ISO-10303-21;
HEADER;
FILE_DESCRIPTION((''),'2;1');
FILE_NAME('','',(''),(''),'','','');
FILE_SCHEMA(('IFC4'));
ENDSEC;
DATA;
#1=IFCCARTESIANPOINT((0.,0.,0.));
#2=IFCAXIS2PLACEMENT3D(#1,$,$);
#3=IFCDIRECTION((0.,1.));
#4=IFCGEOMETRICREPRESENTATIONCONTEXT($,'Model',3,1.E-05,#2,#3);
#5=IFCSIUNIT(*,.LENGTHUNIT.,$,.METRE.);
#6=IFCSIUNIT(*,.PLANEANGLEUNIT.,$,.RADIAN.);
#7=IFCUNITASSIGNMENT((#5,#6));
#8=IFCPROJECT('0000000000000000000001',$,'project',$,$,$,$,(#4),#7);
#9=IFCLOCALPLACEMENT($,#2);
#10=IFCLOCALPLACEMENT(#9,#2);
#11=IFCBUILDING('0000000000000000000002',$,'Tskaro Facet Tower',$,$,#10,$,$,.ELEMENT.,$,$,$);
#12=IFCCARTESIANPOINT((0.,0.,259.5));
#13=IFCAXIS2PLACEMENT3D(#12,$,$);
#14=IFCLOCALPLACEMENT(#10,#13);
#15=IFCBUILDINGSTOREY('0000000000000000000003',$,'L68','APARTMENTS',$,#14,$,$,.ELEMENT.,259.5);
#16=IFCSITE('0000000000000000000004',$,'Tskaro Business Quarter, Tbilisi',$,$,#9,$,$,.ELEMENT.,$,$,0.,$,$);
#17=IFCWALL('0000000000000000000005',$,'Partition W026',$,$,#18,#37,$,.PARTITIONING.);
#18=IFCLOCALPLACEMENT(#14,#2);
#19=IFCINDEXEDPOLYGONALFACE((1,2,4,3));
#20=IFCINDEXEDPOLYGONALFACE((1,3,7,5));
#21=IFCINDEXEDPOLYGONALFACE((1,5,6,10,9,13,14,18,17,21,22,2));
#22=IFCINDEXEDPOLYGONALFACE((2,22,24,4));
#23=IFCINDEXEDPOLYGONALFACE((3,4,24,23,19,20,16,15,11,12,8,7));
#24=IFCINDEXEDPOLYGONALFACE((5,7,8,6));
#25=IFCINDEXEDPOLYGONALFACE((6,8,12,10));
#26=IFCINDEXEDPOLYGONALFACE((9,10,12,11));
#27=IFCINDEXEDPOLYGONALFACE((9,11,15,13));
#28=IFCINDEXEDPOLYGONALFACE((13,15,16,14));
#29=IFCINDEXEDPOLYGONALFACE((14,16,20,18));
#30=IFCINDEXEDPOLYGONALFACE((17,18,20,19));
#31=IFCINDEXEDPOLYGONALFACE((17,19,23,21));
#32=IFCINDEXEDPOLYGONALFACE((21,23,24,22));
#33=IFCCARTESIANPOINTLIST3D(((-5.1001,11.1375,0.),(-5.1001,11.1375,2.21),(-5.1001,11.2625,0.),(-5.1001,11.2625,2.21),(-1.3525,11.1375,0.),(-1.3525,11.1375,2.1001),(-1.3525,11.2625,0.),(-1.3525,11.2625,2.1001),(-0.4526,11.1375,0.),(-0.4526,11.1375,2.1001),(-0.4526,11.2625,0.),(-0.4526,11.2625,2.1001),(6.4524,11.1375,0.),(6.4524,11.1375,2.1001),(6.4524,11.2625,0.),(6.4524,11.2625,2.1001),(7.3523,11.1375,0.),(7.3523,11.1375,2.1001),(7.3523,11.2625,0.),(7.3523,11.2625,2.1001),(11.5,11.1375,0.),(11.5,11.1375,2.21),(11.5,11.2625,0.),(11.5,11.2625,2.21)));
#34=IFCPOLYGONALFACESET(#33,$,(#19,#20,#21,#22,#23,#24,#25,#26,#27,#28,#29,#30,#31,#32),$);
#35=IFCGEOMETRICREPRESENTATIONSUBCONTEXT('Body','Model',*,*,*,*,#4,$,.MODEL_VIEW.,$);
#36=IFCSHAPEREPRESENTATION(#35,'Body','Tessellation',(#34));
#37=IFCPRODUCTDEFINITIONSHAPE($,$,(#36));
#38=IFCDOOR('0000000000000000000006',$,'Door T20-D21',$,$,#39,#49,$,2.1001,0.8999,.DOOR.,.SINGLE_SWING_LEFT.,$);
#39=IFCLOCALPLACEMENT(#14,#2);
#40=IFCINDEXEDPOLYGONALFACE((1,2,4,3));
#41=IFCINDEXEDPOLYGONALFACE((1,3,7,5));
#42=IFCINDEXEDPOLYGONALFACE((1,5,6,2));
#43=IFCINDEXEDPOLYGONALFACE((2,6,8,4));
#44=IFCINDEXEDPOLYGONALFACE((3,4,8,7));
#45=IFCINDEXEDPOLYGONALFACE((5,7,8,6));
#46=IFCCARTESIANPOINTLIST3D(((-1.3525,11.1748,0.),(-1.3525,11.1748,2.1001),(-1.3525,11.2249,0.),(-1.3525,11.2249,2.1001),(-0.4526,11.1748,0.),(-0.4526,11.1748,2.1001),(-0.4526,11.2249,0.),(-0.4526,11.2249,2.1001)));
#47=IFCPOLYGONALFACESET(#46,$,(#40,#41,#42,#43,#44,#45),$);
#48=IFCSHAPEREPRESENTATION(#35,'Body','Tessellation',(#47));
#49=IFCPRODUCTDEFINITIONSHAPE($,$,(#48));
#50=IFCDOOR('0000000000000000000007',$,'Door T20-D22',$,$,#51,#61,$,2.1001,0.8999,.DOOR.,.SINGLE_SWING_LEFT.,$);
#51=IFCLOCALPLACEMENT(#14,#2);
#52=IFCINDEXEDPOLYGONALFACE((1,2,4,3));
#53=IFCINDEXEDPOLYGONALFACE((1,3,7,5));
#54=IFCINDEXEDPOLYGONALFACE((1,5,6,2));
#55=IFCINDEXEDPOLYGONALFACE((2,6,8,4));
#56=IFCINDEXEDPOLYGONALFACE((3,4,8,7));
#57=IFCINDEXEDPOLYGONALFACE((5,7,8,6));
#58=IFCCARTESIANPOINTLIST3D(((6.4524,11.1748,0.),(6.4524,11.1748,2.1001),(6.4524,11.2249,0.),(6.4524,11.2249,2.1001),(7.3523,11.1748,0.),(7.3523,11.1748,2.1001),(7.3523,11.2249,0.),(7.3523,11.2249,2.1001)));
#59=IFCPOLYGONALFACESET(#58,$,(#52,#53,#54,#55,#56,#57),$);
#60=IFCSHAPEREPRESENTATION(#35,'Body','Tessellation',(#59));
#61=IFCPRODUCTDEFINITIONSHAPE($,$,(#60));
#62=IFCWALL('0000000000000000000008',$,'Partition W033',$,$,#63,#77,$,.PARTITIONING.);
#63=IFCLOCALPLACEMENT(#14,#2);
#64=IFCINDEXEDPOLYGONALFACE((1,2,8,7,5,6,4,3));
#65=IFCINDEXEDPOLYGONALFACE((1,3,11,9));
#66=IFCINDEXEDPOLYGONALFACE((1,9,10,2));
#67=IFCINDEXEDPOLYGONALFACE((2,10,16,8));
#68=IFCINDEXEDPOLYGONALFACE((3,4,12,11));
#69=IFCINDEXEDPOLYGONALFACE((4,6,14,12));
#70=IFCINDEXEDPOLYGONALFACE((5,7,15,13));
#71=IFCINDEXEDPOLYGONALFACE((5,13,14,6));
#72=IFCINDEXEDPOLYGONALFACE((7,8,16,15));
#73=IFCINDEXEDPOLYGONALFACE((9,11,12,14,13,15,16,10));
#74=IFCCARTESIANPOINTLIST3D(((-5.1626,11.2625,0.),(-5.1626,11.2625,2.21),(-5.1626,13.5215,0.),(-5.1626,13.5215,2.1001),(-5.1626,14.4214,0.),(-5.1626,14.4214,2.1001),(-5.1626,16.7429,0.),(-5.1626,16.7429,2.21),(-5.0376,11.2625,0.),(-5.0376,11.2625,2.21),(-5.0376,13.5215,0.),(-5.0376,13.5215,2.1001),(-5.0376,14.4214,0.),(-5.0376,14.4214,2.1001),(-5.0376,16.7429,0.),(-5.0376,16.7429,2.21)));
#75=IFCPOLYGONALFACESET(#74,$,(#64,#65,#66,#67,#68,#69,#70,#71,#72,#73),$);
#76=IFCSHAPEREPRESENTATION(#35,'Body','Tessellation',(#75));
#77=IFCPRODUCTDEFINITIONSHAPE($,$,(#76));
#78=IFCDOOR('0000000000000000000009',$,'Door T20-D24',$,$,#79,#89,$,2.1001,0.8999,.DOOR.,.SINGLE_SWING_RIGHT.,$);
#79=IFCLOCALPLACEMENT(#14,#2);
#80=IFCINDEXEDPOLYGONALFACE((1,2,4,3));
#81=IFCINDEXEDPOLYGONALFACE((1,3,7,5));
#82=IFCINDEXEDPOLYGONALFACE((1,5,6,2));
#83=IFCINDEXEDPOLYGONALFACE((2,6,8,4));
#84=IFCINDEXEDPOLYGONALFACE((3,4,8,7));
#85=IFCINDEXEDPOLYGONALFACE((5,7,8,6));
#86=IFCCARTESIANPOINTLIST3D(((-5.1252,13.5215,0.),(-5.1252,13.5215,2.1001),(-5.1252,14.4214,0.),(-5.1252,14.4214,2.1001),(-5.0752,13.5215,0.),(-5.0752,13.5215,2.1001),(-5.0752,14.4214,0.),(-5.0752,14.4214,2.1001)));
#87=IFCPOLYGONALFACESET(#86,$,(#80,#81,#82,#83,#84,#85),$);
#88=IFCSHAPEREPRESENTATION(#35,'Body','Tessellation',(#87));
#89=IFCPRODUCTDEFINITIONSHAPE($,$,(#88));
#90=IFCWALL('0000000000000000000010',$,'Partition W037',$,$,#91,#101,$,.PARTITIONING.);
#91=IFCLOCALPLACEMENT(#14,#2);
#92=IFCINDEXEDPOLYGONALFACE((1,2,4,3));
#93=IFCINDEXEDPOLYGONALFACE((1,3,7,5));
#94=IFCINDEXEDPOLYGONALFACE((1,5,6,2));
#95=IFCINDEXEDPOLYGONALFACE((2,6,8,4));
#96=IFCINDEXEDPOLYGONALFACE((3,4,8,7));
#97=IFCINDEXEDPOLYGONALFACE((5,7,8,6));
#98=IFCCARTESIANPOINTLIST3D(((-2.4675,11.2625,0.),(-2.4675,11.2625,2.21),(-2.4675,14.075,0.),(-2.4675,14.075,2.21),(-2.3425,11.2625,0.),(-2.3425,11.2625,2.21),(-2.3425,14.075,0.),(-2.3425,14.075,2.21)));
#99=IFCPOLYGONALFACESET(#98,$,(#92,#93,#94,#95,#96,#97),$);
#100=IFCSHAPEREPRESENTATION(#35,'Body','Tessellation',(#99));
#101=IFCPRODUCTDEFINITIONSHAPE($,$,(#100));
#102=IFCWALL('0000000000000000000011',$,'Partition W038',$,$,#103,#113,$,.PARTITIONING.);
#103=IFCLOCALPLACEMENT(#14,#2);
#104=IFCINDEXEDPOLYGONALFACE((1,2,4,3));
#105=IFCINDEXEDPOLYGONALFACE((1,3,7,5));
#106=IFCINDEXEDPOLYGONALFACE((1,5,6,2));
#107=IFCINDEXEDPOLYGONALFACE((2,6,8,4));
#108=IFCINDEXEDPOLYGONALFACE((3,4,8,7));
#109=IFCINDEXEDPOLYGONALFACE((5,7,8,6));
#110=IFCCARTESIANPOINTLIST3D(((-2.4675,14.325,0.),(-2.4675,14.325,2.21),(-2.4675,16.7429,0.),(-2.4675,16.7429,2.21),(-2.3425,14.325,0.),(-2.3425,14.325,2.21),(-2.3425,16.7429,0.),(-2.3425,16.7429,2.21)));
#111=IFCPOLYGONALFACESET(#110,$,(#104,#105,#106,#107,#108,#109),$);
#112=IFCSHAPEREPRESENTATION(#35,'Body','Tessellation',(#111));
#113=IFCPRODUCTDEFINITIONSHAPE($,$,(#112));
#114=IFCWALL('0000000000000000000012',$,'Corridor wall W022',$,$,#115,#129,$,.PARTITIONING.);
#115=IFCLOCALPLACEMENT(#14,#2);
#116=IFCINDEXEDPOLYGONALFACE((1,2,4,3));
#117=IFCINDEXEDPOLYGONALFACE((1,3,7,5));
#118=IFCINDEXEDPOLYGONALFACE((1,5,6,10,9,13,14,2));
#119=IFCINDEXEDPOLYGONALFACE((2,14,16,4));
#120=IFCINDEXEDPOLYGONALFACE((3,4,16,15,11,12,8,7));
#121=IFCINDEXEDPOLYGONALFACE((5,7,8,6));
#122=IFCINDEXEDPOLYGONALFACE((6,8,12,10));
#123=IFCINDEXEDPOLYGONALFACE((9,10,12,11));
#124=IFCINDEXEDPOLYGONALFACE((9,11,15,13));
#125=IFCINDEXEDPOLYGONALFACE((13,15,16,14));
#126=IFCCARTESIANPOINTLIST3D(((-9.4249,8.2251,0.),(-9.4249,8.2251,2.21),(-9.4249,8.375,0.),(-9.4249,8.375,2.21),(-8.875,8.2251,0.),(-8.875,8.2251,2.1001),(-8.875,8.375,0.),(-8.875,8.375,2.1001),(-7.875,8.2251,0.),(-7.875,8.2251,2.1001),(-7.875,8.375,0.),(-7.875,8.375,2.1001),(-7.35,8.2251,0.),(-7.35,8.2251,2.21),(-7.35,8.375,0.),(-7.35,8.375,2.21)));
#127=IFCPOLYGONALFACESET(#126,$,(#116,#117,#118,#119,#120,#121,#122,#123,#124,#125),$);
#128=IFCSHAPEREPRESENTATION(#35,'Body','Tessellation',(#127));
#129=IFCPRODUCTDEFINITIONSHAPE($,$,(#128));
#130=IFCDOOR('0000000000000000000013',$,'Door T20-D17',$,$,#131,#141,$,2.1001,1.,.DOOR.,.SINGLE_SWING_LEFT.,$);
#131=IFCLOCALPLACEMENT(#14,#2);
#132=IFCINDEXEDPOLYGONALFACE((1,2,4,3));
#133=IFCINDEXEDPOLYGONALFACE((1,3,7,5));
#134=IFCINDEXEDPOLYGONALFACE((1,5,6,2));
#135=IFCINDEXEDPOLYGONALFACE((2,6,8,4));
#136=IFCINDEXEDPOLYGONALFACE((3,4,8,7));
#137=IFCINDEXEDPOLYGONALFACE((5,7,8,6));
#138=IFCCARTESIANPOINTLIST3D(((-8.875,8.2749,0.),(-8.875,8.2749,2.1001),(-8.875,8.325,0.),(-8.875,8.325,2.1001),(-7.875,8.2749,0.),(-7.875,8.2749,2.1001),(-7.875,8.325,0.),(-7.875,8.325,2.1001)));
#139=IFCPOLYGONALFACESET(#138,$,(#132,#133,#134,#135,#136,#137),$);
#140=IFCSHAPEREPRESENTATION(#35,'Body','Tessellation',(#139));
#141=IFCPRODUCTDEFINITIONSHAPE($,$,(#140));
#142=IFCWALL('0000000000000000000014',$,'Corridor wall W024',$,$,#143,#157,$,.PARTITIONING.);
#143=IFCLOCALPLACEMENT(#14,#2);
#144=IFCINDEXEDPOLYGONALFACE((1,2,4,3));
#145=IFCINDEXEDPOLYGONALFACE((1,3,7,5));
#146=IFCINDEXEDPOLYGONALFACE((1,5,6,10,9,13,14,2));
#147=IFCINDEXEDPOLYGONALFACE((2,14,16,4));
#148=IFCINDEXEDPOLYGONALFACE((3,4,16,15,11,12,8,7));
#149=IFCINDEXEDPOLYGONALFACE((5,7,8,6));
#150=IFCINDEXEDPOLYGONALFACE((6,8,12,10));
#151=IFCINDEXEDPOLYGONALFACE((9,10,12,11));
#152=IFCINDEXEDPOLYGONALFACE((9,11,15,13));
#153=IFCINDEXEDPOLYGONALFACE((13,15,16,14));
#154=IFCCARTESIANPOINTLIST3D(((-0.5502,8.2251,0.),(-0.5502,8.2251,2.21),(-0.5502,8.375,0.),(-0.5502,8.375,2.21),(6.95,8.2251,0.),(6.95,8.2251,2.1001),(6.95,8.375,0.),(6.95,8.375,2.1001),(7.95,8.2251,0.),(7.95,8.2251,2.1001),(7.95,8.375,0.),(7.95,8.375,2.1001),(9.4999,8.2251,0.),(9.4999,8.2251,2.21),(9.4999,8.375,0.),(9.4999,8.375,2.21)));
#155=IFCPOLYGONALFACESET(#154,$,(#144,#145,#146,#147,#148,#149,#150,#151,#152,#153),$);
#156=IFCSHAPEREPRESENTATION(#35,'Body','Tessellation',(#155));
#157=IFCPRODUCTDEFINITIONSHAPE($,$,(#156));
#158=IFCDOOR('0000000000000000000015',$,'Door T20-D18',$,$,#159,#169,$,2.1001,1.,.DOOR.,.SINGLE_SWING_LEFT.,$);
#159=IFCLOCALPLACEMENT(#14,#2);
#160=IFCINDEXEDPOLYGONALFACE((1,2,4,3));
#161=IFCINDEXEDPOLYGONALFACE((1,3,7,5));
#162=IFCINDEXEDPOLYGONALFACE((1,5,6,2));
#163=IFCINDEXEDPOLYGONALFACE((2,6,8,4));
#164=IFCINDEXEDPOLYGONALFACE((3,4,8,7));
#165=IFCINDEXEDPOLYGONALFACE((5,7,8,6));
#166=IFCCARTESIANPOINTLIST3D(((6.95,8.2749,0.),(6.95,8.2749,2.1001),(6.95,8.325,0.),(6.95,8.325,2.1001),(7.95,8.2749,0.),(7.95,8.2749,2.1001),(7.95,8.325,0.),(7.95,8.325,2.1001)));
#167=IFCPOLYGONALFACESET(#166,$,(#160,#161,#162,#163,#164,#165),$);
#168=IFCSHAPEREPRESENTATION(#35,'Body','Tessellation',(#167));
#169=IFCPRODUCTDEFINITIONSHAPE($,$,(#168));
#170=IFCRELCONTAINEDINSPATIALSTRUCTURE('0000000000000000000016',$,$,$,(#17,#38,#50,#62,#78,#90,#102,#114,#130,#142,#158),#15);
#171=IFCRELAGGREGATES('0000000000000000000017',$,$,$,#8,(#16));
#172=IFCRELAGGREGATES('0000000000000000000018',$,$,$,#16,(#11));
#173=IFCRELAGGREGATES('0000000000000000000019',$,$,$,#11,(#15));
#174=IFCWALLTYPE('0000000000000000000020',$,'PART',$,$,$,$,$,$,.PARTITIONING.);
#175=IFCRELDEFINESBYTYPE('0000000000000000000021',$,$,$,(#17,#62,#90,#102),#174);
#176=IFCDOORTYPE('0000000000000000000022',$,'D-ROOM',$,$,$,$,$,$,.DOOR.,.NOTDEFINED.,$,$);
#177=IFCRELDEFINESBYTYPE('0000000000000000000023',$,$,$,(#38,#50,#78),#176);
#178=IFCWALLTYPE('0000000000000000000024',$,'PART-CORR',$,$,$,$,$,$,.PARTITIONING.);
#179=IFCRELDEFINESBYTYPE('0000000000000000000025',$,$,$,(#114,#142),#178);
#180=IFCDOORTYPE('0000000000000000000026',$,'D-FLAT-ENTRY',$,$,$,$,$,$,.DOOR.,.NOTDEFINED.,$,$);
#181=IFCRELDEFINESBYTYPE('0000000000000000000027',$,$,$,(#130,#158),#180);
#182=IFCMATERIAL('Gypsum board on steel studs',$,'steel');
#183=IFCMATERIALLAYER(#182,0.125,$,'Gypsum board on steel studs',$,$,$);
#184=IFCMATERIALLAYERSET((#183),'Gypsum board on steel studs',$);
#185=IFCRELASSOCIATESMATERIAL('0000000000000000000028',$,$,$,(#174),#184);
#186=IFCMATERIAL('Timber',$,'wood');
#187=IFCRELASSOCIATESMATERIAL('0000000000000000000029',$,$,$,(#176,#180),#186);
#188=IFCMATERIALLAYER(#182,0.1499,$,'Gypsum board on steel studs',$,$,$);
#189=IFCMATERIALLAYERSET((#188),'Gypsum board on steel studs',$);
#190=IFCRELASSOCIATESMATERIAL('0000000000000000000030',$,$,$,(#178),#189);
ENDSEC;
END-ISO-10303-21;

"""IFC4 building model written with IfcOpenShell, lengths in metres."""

from ifc_helpers import new_model, si_unit, direction, frame, frame_2d, origin, place, context, subcontext, project, spatial, rectangle, extrude, material, layer, layer_set, type_object, element, fill, save


model = new_model("IFC4")

# Units and contexts
model_context = context("Model", 3, precision=1e-05, world=origin(), true_north=direction((0.0, 1.0)))
body_context = subcontext(model_context, "Body", "Model", "MODEL_VIEW")
ifc_project = project(units=[si_unit("LENGTHUNIT", "METRE"), si_unit("PLANEANGLEUNIT", "RADIAN")], contexts=[model_context])

# Site, building, storey
site_placement = place(None, origin())
site = spatial("IfcSite", under=ifc_project, at=site_placement, Name="Tskaro Business Quarter, Tbilisi", CompositionType="ELEMENT", RefElevation=0.0)
building_placement = place(site_placement, origin())
building = spatial("IfcBuilding", under=site, at=building_placement, Name="Tskaro Facet Tower", CompositionType="ELEMENT")
storey_placement = place(building_placement, frame((0.0, 0.0, 259.5)))
storey = spatial("IfcBuildingStorey", under=building, at=storey_placement, Name="L68", Description="APARTMENTS", CompositionType="ELEMENT", Elevation=259.5)

# Wall, openings, doors
ifc_material_1 = material(Name="Gypsum board on steel studs", Category="steel")
ifc_layer_1 = layer(ifc_material_1, 0.125, Name="Gypsum board on steel studs")
ifc_layer_set_1 = layer_set([ifc_layer_1], Name="Gypsum board on steel studs")
wall_type_1 = type_object("IfcWallType", Name="PART", PredefinedType="PARTITIONING", material=ifc_layer_set_1)
wall_1_placement = place(storey_placement, frame((-5.1001, 11.2, 0.0), z_axis=(0.0, 0.0, 1.0), x_axis=(1.0, 0.0, 0.0)))
wall_1 = element("IfcWall", 1, at=wall_1_placement, inside=storey, type_object=wall_type_1, Name="Partition W026", PredefinedType="PARTITIONING", context=body_context, shape_type="SweptSolid", body=[
    extrude(rectangle(XDim=16.6001, YDim=0.125, at=frame_2d((8.3, 0.0))), origin(), (0.0, 0.0, 1.0), 2.21),
])
opening_1_placement = place(wall_1_placement, frame((3.7476, 0.0, 0.0)))
opening_1 = element("IfcOpeningElement", 2, at=opening_1_placement, cuts=wall_1, PredefinedType="OPENING", context=body_context, shape_type="SweptSolid", body=[
    extrude(rectangle(XDim=0.8999, YDim=2.1001, at=frame_2d((0.45, 1.05))), frame((0.0, 0.0725, 0.0), z_axis=(0.0, -1.0, 0.0), x_axis=(1.0, 0.0, 0.0)), (0.0, 0.0, 1.0), 0.145),
])
opening_2_placement = place(wall_1_placement, frame((11.5525, 0.0, 0.0)))
opening_2 = element("IfcOpeningElement", 3, at=opening_2_placement, cuts=wall_1, PredefinedType="OPENING", context=body_context, shape_type="SweptSolid", body=[
    extrude(rectangle(XDim=0.8999, YDim=2.1001, at=frame_2d((0.45, 1.05))), frame((0.0, 0.0725, 0.0), z_axis=(0.0, -1.0, 0.0), x_axis=(1.0, 0.0, 0.0)), (0.0, 0.0, 1.0), 0.145),
])
ifc_material_2 = material(Name="Timber", Category="wood")
door_type_1 = type_object("IfcDoorType", Name="D-ROOM", OperationType="NOTDEFINED", PredefinedType="DOOR", material=ifc_material_2)
door_1_placement = place(opening_1_placement, origin())
door_1 = element("IfcDoor", 4, at=door_1_placement, inside=storey, type_object=door_type_1, Name="Door T20-D21", OperationType="SINGLE_SWING_LEFT", OverallHeight=2.1001, OverallWidth=0.8999, PredefinedType="DOOR", context=body_context, shape_type="SweptSolid", body=[
    extrude(rectangle(XDim=0.8999, YDim=2.1001, at=frame_2d((0.45, 1.05))), frame((0.0, 0.0249, 0.0), z_axis=(0.0, -1.0, 0.0), x_axis=(1.0, 0.0, 0.0)), (0.0, 0.0, 1.0), 0.05),
])
fill(opening_1, door_1)
door_2_placement = place(opening_2_placement, origin())
door_2 = element("IfcDoor", 5, at=door_2_placement, inside=storey, type_object=door_type_1, Name="Door T20-D22", OperationType="SINGLE_SWING_LEFT", OverallHeight=2.1001, OverallWidth=0.8999, PredefinedType="DOOR", context=body_context, shape_type="SweptSolid", body=[
    extrude(rectangle(XDim=0.8999, YDim=2.1001, at=frame_2d((0.45, 1.05))), frame((0.0, 0.0249, 0.0), z_axis=(0.0, -1.0, 0.0), x_axis=(1.0, 0.0, 0.0)), (0.0, 0.0, 1.0), 0.05),
])
fill(opening_2, door_2)

# Wall, opening, door
wall_2_placement = place(storey_placement, frame((-5.1001, 16.7429, 0.0), z_axis=(0.0, 0.0, 1.0), x_axis=(0.0, -1.0, 0.0)))
wall_2 = element("IfcWall", 6, at=wall_2_placement, inside=storey, type_object=wall_type_1, Name="Partition W033", PredefinedType="PARTITIONING", context=body_context, shape_type="SweptSolid", body=[
    extrude(rectangle(XDim=5.4805, YDim=0.125, at=frame_2d((2.7402, 0.0))), origin(), (0.0, 0.0, 1.0), 2.21),
])
opening_3_placement = place(wall_2_placement, frame((2.3215, 0.0, 0.0)))
opening_3 = element("IfcOpeningElement", 7, at=opening_3_placement, cuts=wall_2, PredefinedType="OPENING", context=body_context, shape_type="SweptSolid", body=[
    extrude(rectangle(XDim=0.8999, YDim=2.1001, at=frame_2d((0.45, 1.05))), frame((0.0, 0.0725, 0.0), z_axis=(0.0, -1.0, 0.0), x_axis=(1.0, 0.0, 0.0)), (0.0, 0.0, 1.0), 0.145),
])
door_3_placement = place(opening_3_placement, origin())
door_3 = element("IfcDoor", 8, at=door_3_placement, inside=storey, type_object=door_type_1, Name="Door T20-D24", OperationType="SINGLE_SWING_RIGHT", OverallHeight=2.1001, OverallWidth=0.8999, PredefinedType="DOOR", context=body_context, shape_type="SweptSolid", body=[
    extrude(rectangle(XDim=0.8999, YDim=2.1001, at=frame_2d((0.45, 1.05))), frame((0.0, 0.0249, 0.0), z_axis=(0.0, -1.0, 0.0), x_axis=(1.0, 0.0, 0.0)), (0.0, 0.0, 1.0), 0.05),
])
fill(opening_3, door_3)

# Walls
wall_3_placement = place(storey_placement, frame((-2.405, 11.2625, 0.0), z_axis=(0.0, 0.0, 1.0), x_axis=(0.0, 1.0, 0.0)))
element("IfcWall", 9, at=wall_3_placement, inside=storey, type_object=wall_type_1, Name="Partition W037", PredefinedType="PARTITIONING", context=body_context, shape_type="SweptSolid", body=[
    extrude(rectangle(XDim=2.8125, YDim=0.125, at=frame_2d((1.4062, 0.0))), origin(), (0.0, 0.0, 1.0), 2.21),
])
wall_4_placement = place(storey_placement, frame((-2.405, 14.325, 0.0), z_axis=(0.0, 0.0, 1.0), x_axis=(0.0, 1.0, 0.0)))
element("IfcWall", 10, at=wall_4_placement, inside=storey, type_object=wall_type_1, Name="Partition W038", PredefinedType="PARTITIONING", context=body_context, shape_type="SweptSolid", body=[
    extrude(rectangle(XDim=2.418, YDim=0.125, at=frame_2d((1.209, 0.0))), origin(), (0.0, 0.0, 1.0), 2.21),
])

# Walls, openings, doors
ifc_layer_2 = layer(ifc_material_1, 0.1499, Name="Gypsum board on steel studs")
ifc_layer_set_2 = layer_set([ifc_layer_2], Name="Gypsum board on steel studs")
wall_type_2 = type_object("IfcWallType", Name="PART-CORR", PredefinedType="PARTITIONING", material=ifc_layer_set_2)
wall_5_placement = place(storey_placement, frame((-9.425, 8.3, 0.0), z_axis=(0.0, 0.0, 1.0), x_axis=(1.0, 0.0, 0.0)))
wall_5 = element("IfcWall", 11, at=wall_5_placement, inside=storey, type_object=wall_type_2, Name="Corridor wall W022", PredefinedType="PARTITIONING", context=body_context, shape_type="SweptSolid", body=[
    extrude(rectangle(XDim=2.075, YDim=0.1499, at=frame_2d((1.0376, 0.0))), origin(), (0.0, 0.0, 1.0), 2.21),
])
opening_4_placement = place(wall_5_placement, frame((0.55, 0.0, 0.0)))
opening_4 = element("IfcOpeningElement", 12, at=opening_4_placement, cuts=wall_5, PredefinedType="OPENING", context=body_context, shape_type="SweptSolid", body=[
    extrude(rectangle(XDim=1.0, YDim=2.1001, at=frame_2d((0.5, 1.05))), frame((0.0, 0.085, 0.0), z_axis=(0.0, -1.0, 0.0), x_axis=(1.0, 0.0, 0.0)), (0.0, 0.0, 1.0), 0.1699),
])
door_type_2 = type_object("IfcDoorType", Name="D-FLAT-ENTRY", OperationType="NOTDEFINED", PredefinedType="DOOR", material=ifc_material_2)
door_4_placement = place(opening_4_placement, origin())
door_4 = element("IfcDoor", 13, at=door_4_placement, inside=storey, type_object=door_type_2, Name="Door T20-D17", OperationType="SINGLE_SWING_LEFT", OverallHeight=2.1001, OverallWidth=1.0, PredefinedType="DOOR", context=body_context, shape_type="SweptSolid", body=[
    extrude(rectangle(XDim=1.0, YDim=2.1001, at=frame_2d((0.5, 1.05))), frame((0.0, 0.0249, 0.0), z_axis=(0.0, -1.0, 0.0), x_axis=(1.0, 0.0, 0.0)), (0.0, 0.0, 1.0), 0.05),
])
fill(opening_4, door_4)
wall_6_placement = place(storey_placement, frame((-0.55, 8.3, 0.0), z_axis=(0.0, 0.0, 1.0), x_axis=(1.0, 0.0, 0.0)))
wall_6 = element("IfcWall", 14, at=wall_6_placement, inside=storey, type_object=wall_type_2, Name="Corridor wall W024", PredefinedType="PARTITIONING", context=body_context, shape_type="SweptSolid", body=[
    extrude(rectangle(XDim=10.05, YDim=0.1499, at=frame_2d((5.0249, 0.0))), origin(), (0.0, 0.0, 1.0), 2.21),
])
opening_5_placement = place(wall_6_placement, frame((7.5, 0.0, 0.0)))
opening_5 = element("IfcOpeningElement", 15, at=opening_5_placement, cuts=wall_6, PredefinedType="OPENING", context=body_context, shape_type="SweptSolid", body=[
    extrude(rectangle(XDim=1.0, YDim=2.1001, at=frame_2d((0.5, 1.05))), frame((0.0, 0.085, 0.0), z_axis=(0.0, -1.0, 0.0), x_axis=(1.0, 0.0, 0.0)), (0.0, 0.0, 1.0), 0.1699),
])
door_5_placement = place(opening_5_placement, origin())
door_5 = element("IfcDoor", 16, at=door_5_placement, inside=storey, type_object=door_type_2, Name="Door T20-D18", OperationType="SINGLE_SWING_LEFT", OverallHeight=2.1001, OverallWidth=1.0, PredefinedType="DOOR", context=body_context, shape_type="SweptSolid", body=[
    extrude(rectangle(XDim=1.0, YDim=2.1001, at=frame_2d((0.5, 1.05))), frame((0.0, 0.0249, 0.0), z_axis=(0.0, -1.0, 0.0), x_axis=(1.0, 0.0, 0.0)), (0.0, 0.0, 1.0), 0.05),
])
fill(opening_5, door_5)

save(model, "model.ifc")
